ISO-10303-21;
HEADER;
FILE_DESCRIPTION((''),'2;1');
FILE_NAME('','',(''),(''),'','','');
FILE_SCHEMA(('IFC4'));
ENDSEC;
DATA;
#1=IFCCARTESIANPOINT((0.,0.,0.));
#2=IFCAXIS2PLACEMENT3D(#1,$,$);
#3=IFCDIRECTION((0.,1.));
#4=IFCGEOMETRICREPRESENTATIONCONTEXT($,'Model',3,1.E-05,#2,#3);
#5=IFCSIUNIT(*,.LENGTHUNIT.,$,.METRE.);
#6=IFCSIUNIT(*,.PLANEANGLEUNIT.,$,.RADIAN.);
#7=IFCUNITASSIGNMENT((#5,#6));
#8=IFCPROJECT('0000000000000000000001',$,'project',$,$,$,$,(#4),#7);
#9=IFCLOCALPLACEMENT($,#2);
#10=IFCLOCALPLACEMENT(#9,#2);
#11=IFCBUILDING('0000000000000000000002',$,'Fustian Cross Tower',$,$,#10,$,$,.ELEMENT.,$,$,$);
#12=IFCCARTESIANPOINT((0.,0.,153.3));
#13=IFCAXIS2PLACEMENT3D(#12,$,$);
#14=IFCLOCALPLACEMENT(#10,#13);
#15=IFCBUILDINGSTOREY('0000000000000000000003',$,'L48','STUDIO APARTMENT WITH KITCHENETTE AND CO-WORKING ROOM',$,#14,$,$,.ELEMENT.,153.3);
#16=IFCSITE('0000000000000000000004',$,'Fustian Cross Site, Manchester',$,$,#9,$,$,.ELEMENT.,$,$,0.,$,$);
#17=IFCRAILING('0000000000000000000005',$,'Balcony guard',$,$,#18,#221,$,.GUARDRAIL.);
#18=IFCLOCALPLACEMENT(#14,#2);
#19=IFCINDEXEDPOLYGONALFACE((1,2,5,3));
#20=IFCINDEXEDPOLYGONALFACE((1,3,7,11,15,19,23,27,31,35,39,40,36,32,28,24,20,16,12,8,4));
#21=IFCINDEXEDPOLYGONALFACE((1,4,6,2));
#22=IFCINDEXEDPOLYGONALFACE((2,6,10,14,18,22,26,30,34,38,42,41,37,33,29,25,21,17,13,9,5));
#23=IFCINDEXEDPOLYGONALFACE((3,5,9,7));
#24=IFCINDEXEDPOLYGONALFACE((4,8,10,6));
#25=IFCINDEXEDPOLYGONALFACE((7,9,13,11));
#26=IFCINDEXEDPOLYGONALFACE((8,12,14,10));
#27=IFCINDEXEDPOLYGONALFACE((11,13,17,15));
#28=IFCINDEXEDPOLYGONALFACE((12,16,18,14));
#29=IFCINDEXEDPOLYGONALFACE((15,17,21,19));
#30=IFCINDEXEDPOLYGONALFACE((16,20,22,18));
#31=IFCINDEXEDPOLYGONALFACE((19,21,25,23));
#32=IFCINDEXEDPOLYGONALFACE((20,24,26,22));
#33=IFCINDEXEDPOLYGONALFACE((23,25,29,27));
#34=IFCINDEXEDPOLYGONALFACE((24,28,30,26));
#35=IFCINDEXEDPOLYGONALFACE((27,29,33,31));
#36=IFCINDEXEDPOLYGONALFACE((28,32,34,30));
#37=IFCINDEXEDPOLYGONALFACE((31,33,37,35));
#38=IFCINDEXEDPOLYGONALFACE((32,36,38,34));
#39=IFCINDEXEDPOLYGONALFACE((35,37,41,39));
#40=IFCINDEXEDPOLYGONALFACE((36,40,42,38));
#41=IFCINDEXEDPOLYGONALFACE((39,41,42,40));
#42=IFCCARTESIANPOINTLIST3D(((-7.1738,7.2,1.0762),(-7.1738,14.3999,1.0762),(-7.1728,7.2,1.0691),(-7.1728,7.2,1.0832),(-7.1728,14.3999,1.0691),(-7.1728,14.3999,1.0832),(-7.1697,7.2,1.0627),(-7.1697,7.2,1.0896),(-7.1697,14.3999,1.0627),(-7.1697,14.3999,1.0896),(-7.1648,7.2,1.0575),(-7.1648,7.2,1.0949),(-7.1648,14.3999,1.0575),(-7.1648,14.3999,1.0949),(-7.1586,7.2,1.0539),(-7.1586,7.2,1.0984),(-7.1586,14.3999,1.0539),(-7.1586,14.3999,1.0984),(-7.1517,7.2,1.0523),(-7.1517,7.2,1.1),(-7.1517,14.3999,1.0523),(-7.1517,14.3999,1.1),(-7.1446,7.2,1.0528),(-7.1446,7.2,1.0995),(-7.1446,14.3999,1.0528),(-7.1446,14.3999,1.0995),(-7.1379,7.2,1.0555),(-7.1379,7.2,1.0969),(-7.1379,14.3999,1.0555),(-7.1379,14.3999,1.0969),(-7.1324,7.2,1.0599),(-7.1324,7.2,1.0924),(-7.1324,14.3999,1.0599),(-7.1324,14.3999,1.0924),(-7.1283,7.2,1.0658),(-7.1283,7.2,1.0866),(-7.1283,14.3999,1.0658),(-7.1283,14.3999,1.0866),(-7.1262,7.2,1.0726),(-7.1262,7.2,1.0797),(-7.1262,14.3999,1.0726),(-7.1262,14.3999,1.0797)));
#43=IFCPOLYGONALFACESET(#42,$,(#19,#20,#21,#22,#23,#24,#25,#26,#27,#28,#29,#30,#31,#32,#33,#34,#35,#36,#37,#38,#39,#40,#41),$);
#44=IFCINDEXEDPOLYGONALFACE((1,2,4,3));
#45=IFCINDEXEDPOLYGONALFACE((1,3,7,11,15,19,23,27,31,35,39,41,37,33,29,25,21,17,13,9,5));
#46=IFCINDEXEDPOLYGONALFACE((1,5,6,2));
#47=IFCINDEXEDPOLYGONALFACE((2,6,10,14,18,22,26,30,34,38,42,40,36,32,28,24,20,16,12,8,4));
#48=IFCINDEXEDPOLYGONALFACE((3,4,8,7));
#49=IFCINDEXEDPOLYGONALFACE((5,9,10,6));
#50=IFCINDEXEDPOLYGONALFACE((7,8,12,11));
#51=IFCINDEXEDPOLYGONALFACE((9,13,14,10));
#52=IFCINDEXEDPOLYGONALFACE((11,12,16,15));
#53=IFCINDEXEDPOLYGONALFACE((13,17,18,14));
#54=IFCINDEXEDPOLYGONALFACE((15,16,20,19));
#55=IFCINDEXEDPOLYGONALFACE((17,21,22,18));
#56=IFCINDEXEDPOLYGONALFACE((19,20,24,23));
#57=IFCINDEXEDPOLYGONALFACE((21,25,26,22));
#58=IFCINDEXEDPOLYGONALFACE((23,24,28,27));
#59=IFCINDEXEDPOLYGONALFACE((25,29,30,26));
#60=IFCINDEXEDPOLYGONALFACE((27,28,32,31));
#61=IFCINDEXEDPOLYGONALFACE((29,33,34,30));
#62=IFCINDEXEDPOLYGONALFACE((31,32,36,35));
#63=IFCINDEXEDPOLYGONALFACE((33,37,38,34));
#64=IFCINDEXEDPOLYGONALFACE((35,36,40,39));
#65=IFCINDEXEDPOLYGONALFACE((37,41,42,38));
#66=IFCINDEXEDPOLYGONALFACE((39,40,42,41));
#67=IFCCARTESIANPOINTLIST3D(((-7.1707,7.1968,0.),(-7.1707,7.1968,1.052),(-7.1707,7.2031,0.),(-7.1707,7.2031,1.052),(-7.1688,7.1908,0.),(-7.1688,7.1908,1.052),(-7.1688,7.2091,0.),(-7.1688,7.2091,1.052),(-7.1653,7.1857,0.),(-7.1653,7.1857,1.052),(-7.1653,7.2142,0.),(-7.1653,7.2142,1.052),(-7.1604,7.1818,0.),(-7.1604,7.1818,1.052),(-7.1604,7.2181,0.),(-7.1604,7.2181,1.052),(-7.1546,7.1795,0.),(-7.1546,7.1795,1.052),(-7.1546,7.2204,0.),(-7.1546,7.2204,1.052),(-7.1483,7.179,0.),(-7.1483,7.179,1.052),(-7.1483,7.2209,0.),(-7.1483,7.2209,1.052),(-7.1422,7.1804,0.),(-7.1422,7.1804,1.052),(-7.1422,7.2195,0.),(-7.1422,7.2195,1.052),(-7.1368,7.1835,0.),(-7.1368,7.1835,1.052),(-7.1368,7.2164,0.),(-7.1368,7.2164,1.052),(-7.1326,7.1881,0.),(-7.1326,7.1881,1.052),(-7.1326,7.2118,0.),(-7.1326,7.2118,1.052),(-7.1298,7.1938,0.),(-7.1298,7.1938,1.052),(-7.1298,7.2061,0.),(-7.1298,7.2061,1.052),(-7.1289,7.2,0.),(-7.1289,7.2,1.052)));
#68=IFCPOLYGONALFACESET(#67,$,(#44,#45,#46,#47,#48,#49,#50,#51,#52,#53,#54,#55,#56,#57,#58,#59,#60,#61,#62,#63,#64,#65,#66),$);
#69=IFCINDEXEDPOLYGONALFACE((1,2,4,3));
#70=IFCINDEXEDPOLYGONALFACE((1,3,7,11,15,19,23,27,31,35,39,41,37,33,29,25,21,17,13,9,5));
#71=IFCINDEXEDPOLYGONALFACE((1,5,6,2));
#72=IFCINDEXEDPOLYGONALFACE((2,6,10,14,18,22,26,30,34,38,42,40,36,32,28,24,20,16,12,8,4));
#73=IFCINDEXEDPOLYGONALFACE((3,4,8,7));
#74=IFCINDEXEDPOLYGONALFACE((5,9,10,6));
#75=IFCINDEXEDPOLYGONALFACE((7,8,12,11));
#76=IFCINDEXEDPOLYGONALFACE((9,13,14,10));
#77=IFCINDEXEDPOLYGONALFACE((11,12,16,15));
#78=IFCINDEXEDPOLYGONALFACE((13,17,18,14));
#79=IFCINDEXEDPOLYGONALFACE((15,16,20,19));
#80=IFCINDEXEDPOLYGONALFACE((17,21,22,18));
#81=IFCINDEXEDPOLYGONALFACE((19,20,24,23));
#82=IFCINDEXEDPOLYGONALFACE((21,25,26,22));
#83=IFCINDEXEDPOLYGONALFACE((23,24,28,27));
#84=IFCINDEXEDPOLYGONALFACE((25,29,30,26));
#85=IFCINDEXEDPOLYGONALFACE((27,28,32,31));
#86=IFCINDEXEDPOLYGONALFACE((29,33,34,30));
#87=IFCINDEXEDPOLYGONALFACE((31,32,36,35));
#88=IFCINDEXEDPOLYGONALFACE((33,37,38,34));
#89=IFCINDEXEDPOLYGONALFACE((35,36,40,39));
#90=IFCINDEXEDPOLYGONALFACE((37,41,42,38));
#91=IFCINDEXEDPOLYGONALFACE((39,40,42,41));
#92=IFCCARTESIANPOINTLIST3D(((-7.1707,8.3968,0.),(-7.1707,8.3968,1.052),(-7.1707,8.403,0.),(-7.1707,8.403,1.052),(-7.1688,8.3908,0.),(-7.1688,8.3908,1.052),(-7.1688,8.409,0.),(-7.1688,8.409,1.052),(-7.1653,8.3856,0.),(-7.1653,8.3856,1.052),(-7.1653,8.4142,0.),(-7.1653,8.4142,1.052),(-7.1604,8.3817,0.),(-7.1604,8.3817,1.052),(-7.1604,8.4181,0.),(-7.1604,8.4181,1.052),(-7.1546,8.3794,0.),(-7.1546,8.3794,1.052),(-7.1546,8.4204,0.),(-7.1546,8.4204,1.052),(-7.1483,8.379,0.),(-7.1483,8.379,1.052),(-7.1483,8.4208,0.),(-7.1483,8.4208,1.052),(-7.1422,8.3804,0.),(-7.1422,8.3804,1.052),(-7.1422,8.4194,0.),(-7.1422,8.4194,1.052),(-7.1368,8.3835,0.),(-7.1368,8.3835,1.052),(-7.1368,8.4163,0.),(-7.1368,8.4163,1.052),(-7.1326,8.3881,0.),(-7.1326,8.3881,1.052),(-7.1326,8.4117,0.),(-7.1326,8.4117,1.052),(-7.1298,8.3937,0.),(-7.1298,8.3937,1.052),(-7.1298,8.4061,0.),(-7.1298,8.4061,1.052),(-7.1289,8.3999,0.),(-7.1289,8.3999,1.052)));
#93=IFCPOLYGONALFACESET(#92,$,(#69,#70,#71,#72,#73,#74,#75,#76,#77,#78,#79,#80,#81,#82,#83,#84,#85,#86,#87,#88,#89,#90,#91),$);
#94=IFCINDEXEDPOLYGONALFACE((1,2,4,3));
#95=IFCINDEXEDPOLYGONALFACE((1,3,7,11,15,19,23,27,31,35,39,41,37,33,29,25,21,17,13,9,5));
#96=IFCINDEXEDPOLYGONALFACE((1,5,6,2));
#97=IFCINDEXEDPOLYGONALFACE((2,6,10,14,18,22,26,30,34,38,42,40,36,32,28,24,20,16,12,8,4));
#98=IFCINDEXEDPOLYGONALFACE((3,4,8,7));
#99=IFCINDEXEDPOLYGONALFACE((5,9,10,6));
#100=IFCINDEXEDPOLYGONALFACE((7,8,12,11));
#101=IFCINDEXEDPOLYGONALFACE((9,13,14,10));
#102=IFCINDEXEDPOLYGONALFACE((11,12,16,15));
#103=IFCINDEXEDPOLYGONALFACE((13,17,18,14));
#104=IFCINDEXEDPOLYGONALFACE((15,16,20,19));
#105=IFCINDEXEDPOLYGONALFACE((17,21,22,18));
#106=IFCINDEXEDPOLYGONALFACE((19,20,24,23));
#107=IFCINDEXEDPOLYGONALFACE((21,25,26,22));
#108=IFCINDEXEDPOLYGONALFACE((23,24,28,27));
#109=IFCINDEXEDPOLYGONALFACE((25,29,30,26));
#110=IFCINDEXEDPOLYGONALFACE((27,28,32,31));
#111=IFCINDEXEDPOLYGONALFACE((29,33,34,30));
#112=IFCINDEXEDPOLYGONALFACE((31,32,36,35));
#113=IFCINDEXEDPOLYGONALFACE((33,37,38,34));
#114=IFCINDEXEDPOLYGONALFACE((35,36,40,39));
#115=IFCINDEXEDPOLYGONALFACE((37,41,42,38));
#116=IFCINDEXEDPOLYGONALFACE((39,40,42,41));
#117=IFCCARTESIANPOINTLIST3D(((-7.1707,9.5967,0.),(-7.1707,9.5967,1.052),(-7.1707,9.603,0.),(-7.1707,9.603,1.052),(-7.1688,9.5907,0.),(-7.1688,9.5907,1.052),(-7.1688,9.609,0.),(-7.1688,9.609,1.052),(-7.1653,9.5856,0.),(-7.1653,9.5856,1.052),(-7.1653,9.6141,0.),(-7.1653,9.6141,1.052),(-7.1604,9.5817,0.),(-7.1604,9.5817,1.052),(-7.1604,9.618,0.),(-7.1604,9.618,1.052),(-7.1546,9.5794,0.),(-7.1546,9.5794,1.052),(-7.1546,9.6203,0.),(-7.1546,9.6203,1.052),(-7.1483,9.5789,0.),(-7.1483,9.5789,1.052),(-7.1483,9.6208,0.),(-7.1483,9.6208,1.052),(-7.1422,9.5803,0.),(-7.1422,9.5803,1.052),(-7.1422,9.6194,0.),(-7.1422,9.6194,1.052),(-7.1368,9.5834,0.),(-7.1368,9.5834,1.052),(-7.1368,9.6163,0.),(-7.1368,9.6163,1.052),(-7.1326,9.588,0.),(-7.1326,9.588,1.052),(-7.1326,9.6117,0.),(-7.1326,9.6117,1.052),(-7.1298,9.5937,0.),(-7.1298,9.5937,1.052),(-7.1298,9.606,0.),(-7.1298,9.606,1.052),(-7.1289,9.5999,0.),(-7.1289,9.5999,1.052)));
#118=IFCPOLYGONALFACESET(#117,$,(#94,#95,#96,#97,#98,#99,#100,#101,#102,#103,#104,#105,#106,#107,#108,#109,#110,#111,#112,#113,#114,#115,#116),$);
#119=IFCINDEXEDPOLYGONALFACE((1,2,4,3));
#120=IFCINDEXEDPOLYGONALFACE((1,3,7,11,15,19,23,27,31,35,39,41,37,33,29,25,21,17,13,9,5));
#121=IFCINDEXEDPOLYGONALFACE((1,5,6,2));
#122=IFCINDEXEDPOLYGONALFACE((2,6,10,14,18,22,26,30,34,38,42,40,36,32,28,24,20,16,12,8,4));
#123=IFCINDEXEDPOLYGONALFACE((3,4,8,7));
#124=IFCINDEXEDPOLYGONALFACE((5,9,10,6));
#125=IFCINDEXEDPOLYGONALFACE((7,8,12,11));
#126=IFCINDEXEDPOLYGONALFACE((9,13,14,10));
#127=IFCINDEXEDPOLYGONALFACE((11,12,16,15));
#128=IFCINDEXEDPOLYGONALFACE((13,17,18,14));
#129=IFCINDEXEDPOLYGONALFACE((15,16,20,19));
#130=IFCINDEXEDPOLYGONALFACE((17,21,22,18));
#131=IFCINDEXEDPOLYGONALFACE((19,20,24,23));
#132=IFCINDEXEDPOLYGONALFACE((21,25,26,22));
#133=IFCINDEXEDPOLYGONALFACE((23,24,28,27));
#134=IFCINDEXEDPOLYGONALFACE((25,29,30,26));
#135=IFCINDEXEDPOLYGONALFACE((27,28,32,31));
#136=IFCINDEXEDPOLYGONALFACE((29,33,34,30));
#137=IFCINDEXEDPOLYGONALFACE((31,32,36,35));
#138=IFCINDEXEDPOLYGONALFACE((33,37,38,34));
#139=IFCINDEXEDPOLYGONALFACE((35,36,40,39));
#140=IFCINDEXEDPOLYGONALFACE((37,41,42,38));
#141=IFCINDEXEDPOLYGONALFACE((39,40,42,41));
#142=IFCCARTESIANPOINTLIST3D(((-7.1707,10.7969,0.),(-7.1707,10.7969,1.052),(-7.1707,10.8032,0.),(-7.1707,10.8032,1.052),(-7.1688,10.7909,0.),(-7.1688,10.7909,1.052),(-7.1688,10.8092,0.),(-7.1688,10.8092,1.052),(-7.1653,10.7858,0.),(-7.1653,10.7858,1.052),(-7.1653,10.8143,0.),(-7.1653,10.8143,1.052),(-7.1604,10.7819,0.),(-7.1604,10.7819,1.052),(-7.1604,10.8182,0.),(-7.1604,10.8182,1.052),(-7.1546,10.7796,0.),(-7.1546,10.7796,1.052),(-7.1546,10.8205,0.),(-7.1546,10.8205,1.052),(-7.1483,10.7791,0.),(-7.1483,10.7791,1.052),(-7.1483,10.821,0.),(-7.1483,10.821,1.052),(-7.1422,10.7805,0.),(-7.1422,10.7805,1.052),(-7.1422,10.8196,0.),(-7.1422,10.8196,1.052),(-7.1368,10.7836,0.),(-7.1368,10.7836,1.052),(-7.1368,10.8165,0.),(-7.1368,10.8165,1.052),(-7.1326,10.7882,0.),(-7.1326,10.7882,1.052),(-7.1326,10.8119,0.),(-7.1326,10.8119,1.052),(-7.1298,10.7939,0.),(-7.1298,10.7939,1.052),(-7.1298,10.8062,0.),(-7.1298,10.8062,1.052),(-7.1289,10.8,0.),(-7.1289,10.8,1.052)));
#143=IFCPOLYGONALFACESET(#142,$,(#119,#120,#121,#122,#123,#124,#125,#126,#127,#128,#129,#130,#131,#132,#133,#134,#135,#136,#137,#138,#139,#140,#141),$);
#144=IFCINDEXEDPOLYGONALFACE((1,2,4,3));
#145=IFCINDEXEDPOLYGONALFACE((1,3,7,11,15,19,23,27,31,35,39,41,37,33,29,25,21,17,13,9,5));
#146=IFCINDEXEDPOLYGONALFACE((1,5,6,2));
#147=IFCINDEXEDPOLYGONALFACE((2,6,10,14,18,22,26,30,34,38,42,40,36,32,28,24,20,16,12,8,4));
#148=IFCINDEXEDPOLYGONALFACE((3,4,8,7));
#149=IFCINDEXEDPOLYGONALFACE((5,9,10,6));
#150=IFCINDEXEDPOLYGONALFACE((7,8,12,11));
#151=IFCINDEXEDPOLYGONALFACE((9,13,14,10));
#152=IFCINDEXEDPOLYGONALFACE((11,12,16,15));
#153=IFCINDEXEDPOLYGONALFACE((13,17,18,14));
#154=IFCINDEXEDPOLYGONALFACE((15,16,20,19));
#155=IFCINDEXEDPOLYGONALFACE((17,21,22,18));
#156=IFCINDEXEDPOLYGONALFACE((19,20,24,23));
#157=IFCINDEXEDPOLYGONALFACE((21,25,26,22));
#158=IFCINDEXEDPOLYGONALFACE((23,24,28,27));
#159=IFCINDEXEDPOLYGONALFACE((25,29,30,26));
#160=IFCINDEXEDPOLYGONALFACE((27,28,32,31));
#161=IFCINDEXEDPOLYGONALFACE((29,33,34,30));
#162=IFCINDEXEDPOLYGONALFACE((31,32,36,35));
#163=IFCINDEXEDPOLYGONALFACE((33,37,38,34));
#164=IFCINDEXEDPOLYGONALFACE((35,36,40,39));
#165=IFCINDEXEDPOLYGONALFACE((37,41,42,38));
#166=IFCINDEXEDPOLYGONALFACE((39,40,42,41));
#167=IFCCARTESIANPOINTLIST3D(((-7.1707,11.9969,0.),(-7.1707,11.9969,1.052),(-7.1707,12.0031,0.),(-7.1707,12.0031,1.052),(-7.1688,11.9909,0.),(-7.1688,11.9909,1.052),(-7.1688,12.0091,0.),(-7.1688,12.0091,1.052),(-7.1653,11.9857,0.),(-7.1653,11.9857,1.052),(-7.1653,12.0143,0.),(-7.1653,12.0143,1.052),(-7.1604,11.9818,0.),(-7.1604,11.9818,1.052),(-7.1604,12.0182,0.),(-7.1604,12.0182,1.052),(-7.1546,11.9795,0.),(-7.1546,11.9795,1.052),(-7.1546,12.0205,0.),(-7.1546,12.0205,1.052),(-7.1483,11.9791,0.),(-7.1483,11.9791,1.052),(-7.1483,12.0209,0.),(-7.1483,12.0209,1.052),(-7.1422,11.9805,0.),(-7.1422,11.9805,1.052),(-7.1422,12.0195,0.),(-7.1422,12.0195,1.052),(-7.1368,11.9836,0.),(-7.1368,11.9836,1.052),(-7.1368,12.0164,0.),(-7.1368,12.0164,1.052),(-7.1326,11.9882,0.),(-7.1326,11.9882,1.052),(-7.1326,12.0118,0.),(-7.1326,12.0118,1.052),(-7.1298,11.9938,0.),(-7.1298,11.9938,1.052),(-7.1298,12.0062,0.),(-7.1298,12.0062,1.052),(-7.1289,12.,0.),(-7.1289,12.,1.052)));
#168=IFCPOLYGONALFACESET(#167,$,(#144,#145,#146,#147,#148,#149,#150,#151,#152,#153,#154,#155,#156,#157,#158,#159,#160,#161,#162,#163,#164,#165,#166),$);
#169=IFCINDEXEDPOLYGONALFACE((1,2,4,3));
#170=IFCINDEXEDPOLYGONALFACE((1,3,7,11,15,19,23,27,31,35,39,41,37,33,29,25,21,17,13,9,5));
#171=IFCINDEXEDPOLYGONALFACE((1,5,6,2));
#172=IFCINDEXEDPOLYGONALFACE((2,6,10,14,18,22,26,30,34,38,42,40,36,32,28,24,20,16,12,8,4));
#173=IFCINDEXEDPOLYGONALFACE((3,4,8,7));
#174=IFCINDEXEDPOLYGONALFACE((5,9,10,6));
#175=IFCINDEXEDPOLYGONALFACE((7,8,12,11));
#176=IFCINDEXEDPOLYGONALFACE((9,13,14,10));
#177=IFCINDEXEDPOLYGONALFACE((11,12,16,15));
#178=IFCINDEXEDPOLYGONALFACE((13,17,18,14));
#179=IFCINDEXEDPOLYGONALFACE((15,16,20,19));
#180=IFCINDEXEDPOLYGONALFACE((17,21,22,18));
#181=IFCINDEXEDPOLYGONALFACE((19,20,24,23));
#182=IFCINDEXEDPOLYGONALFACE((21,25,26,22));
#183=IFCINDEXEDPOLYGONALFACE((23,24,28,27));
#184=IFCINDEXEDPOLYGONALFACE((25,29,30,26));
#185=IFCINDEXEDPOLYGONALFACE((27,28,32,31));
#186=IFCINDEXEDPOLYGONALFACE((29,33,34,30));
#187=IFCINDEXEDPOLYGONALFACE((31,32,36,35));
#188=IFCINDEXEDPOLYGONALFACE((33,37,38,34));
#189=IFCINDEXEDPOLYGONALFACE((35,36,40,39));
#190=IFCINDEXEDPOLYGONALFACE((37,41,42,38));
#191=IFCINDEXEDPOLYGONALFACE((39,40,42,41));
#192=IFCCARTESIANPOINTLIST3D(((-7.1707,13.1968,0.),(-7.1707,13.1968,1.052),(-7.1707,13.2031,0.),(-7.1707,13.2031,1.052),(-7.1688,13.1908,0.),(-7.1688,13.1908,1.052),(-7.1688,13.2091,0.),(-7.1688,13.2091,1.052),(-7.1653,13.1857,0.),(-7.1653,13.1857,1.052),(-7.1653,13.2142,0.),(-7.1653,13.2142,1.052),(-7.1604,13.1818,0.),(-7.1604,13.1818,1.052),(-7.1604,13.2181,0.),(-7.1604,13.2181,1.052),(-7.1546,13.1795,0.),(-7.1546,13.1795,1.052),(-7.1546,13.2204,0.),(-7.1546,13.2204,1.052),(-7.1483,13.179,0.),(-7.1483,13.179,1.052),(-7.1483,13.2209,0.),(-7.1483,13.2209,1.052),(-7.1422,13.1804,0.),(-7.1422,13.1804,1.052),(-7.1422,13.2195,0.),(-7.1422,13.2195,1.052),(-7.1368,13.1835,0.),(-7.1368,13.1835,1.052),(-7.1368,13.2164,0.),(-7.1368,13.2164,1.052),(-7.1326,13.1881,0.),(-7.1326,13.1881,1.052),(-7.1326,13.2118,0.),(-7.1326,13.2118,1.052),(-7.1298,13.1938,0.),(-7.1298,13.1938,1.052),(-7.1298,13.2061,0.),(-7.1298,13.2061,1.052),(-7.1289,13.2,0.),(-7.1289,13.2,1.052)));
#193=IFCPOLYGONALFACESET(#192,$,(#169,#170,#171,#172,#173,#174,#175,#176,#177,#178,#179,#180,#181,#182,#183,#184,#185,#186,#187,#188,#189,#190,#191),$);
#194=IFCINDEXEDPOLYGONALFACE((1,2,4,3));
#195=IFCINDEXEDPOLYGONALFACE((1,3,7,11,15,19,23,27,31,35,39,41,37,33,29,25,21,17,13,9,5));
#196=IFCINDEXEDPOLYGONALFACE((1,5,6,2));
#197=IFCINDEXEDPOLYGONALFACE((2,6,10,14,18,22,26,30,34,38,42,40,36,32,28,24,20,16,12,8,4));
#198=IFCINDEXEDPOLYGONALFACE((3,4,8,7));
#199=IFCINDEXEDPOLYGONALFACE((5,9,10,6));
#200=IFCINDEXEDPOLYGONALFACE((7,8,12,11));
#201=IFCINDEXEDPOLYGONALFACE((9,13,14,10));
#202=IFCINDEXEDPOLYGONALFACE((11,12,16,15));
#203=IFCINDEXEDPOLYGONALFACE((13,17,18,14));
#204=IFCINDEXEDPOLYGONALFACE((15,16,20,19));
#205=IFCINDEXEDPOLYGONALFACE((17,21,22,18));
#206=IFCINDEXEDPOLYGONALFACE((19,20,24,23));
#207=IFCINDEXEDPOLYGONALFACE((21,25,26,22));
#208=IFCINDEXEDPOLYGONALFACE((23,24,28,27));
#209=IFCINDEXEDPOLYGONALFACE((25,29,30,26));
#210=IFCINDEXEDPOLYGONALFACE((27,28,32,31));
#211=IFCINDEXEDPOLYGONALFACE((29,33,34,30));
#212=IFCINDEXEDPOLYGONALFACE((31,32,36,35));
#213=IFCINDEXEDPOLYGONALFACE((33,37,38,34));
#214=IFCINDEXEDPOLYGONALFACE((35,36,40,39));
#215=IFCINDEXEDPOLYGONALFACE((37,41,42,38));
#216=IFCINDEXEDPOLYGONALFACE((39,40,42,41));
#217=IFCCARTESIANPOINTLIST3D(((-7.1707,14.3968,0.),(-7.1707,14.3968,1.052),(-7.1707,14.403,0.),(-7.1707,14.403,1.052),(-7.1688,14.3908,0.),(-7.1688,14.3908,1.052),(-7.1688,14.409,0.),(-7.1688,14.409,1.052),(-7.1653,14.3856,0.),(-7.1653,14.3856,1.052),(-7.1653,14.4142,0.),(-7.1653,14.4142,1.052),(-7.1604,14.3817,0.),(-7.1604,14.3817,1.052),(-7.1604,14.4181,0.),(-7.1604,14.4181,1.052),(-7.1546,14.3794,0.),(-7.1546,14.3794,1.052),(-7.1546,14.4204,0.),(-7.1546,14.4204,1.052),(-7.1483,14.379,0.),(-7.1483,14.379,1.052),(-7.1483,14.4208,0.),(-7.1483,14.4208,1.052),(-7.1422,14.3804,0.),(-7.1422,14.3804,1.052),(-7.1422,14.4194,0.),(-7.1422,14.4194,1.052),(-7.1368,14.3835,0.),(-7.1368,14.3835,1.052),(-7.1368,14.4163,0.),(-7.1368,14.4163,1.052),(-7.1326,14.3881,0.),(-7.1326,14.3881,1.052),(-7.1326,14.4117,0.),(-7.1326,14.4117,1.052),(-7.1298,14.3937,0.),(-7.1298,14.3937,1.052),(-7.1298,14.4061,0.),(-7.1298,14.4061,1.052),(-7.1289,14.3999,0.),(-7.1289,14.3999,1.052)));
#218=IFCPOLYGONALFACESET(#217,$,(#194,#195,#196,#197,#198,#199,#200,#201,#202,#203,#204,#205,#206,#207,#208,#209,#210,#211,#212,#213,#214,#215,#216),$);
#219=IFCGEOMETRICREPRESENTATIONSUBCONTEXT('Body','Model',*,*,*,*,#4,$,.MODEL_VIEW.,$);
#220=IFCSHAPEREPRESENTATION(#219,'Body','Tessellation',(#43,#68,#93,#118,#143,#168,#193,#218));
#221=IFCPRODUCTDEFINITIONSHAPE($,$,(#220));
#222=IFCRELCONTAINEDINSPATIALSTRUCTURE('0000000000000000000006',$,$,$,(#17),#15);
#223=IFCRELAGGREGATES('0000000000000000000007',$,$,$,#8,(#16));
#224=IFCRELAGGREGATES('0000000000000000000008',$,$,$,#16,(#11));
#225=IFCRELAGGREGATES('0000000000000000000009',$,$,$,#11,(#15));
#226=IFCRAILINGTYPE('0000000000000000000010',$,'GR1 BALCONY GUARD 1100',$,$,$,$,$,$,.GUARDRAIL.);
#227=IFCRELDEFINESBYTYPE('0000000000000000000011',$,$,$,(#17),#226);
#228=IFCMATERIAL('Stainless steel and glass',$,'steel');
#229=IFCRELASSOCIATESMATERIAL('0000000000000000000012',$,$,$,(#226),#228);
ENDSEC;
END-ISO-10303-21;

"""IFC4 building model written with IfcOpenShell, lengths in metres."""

from ifc_helpers import new_model, si_unit, direction, frame, origin, origin_2d, place, context, subcontext, project, spatial, circle, extrude, material, type_object, element, save


model = new_model("IFC4")

# Units and contexts
model_context = context("Model", 3, precision=1e-05, world=origin(), true_north=direction((0.0, 1.0)))
body_context = subcontext(model_context, "Body", "Model", "MODEL_VIEW")
ifc_project = project(units=[si_unit("LENGTHUNIT", "METRE"), si_unit("PLANEANGLEUNIT", "RADIAN")], contexts=[model_context])

# Site, building, storey
site_placement = place(None, origin())
site = spatial("IfcSite", under=ifc_project, at=site_placement, Name="Fustian Cross Site, Manchester", CompositionType="ELEMENT", RefElevation=0.0)
building_placement = place(site_placement, origin())
building = spatial("IfcBuilding", under=site, at=building_placement, Name="Fustian Cross Tower", CompositionType="ELEMENT")
storey_placement = place(building_placement, frame((0.0, 0.0, 153.3)))
storey = spatial("IfcBuildingStorey", under=building, at=storey_placement, Name="L48", Description="STUDIO APARTMENT WITH KITCHENETTE AND CO-WORKING ROOM", CompositionType="ELEMENT", Elevation=153.3)

# Railing
ifc_material_1 = material(Name="Stainless steel and glass", Category="steel")
railing_type = type_object("IfcRailingType", Name="GR1 BALCONY GUARD 1100", PredefinedType="GUARDRAIL", material=ifc_material_1)
railing_placement = place(storey_placement, frame((-7.1499, 7.2, 0.0)))
element("IfcRailing", 1, at=railing_placement, inside=storey, type_object=railing_type, Name="Balcony guard", PredefinedType="GUARDRAIL", context=body_context, shape_type="SweptSolid", body=[
    extrude(circle(Radius=0.0239, at=origin_2d()), frame((0.0, 0.0, 1.0762), z_axis=(0.0, 1.0, 0.0), x_axis=(-1.0, 0.0, 0.0)), (0.0, 0.0, 1.0), 7.2),
    extrude(circle(Radius=0.021, at=origin_2d()), origin(), (0.0, 0.0, 1.0), 1.052),
    extrude(circle(Radius=0.021, at=origin_2d()), frame((0.0, 1.2, 0.0)), (0.0, 0.0, 1.0), 1.052),
    extrude(circle(Radius=0.021, at=origin_2d()), frame((0.0, 2.3999, 0.0)), (0.0, 0.0, 1.0), 1.052),
    extrude(circle(Radius=0.021, at=origin_2d()), frame((0.0, 3.6001, 0.0)), (0.0, 0.0, 1.0), 1.052),
    extrude(circle(Radius=0.021, at=origin_2d()), frame((0.0, 4.8, 0.0)), (0.0, 0.0, 1.0), 1.052),
    extrude(circle(Radius=0.021, at=origin_2d()), frame((0.0, 6.0, 0.0)), (0.0, 0.0, 1.0), 1.052),
    extrude(circle(Radius=0.021, at=origin_2d()), frame((0.0, 7.2, 0.0)), (0.0, 0.0, 1.0), 1.052),
])

save(model, "model.ifc")
